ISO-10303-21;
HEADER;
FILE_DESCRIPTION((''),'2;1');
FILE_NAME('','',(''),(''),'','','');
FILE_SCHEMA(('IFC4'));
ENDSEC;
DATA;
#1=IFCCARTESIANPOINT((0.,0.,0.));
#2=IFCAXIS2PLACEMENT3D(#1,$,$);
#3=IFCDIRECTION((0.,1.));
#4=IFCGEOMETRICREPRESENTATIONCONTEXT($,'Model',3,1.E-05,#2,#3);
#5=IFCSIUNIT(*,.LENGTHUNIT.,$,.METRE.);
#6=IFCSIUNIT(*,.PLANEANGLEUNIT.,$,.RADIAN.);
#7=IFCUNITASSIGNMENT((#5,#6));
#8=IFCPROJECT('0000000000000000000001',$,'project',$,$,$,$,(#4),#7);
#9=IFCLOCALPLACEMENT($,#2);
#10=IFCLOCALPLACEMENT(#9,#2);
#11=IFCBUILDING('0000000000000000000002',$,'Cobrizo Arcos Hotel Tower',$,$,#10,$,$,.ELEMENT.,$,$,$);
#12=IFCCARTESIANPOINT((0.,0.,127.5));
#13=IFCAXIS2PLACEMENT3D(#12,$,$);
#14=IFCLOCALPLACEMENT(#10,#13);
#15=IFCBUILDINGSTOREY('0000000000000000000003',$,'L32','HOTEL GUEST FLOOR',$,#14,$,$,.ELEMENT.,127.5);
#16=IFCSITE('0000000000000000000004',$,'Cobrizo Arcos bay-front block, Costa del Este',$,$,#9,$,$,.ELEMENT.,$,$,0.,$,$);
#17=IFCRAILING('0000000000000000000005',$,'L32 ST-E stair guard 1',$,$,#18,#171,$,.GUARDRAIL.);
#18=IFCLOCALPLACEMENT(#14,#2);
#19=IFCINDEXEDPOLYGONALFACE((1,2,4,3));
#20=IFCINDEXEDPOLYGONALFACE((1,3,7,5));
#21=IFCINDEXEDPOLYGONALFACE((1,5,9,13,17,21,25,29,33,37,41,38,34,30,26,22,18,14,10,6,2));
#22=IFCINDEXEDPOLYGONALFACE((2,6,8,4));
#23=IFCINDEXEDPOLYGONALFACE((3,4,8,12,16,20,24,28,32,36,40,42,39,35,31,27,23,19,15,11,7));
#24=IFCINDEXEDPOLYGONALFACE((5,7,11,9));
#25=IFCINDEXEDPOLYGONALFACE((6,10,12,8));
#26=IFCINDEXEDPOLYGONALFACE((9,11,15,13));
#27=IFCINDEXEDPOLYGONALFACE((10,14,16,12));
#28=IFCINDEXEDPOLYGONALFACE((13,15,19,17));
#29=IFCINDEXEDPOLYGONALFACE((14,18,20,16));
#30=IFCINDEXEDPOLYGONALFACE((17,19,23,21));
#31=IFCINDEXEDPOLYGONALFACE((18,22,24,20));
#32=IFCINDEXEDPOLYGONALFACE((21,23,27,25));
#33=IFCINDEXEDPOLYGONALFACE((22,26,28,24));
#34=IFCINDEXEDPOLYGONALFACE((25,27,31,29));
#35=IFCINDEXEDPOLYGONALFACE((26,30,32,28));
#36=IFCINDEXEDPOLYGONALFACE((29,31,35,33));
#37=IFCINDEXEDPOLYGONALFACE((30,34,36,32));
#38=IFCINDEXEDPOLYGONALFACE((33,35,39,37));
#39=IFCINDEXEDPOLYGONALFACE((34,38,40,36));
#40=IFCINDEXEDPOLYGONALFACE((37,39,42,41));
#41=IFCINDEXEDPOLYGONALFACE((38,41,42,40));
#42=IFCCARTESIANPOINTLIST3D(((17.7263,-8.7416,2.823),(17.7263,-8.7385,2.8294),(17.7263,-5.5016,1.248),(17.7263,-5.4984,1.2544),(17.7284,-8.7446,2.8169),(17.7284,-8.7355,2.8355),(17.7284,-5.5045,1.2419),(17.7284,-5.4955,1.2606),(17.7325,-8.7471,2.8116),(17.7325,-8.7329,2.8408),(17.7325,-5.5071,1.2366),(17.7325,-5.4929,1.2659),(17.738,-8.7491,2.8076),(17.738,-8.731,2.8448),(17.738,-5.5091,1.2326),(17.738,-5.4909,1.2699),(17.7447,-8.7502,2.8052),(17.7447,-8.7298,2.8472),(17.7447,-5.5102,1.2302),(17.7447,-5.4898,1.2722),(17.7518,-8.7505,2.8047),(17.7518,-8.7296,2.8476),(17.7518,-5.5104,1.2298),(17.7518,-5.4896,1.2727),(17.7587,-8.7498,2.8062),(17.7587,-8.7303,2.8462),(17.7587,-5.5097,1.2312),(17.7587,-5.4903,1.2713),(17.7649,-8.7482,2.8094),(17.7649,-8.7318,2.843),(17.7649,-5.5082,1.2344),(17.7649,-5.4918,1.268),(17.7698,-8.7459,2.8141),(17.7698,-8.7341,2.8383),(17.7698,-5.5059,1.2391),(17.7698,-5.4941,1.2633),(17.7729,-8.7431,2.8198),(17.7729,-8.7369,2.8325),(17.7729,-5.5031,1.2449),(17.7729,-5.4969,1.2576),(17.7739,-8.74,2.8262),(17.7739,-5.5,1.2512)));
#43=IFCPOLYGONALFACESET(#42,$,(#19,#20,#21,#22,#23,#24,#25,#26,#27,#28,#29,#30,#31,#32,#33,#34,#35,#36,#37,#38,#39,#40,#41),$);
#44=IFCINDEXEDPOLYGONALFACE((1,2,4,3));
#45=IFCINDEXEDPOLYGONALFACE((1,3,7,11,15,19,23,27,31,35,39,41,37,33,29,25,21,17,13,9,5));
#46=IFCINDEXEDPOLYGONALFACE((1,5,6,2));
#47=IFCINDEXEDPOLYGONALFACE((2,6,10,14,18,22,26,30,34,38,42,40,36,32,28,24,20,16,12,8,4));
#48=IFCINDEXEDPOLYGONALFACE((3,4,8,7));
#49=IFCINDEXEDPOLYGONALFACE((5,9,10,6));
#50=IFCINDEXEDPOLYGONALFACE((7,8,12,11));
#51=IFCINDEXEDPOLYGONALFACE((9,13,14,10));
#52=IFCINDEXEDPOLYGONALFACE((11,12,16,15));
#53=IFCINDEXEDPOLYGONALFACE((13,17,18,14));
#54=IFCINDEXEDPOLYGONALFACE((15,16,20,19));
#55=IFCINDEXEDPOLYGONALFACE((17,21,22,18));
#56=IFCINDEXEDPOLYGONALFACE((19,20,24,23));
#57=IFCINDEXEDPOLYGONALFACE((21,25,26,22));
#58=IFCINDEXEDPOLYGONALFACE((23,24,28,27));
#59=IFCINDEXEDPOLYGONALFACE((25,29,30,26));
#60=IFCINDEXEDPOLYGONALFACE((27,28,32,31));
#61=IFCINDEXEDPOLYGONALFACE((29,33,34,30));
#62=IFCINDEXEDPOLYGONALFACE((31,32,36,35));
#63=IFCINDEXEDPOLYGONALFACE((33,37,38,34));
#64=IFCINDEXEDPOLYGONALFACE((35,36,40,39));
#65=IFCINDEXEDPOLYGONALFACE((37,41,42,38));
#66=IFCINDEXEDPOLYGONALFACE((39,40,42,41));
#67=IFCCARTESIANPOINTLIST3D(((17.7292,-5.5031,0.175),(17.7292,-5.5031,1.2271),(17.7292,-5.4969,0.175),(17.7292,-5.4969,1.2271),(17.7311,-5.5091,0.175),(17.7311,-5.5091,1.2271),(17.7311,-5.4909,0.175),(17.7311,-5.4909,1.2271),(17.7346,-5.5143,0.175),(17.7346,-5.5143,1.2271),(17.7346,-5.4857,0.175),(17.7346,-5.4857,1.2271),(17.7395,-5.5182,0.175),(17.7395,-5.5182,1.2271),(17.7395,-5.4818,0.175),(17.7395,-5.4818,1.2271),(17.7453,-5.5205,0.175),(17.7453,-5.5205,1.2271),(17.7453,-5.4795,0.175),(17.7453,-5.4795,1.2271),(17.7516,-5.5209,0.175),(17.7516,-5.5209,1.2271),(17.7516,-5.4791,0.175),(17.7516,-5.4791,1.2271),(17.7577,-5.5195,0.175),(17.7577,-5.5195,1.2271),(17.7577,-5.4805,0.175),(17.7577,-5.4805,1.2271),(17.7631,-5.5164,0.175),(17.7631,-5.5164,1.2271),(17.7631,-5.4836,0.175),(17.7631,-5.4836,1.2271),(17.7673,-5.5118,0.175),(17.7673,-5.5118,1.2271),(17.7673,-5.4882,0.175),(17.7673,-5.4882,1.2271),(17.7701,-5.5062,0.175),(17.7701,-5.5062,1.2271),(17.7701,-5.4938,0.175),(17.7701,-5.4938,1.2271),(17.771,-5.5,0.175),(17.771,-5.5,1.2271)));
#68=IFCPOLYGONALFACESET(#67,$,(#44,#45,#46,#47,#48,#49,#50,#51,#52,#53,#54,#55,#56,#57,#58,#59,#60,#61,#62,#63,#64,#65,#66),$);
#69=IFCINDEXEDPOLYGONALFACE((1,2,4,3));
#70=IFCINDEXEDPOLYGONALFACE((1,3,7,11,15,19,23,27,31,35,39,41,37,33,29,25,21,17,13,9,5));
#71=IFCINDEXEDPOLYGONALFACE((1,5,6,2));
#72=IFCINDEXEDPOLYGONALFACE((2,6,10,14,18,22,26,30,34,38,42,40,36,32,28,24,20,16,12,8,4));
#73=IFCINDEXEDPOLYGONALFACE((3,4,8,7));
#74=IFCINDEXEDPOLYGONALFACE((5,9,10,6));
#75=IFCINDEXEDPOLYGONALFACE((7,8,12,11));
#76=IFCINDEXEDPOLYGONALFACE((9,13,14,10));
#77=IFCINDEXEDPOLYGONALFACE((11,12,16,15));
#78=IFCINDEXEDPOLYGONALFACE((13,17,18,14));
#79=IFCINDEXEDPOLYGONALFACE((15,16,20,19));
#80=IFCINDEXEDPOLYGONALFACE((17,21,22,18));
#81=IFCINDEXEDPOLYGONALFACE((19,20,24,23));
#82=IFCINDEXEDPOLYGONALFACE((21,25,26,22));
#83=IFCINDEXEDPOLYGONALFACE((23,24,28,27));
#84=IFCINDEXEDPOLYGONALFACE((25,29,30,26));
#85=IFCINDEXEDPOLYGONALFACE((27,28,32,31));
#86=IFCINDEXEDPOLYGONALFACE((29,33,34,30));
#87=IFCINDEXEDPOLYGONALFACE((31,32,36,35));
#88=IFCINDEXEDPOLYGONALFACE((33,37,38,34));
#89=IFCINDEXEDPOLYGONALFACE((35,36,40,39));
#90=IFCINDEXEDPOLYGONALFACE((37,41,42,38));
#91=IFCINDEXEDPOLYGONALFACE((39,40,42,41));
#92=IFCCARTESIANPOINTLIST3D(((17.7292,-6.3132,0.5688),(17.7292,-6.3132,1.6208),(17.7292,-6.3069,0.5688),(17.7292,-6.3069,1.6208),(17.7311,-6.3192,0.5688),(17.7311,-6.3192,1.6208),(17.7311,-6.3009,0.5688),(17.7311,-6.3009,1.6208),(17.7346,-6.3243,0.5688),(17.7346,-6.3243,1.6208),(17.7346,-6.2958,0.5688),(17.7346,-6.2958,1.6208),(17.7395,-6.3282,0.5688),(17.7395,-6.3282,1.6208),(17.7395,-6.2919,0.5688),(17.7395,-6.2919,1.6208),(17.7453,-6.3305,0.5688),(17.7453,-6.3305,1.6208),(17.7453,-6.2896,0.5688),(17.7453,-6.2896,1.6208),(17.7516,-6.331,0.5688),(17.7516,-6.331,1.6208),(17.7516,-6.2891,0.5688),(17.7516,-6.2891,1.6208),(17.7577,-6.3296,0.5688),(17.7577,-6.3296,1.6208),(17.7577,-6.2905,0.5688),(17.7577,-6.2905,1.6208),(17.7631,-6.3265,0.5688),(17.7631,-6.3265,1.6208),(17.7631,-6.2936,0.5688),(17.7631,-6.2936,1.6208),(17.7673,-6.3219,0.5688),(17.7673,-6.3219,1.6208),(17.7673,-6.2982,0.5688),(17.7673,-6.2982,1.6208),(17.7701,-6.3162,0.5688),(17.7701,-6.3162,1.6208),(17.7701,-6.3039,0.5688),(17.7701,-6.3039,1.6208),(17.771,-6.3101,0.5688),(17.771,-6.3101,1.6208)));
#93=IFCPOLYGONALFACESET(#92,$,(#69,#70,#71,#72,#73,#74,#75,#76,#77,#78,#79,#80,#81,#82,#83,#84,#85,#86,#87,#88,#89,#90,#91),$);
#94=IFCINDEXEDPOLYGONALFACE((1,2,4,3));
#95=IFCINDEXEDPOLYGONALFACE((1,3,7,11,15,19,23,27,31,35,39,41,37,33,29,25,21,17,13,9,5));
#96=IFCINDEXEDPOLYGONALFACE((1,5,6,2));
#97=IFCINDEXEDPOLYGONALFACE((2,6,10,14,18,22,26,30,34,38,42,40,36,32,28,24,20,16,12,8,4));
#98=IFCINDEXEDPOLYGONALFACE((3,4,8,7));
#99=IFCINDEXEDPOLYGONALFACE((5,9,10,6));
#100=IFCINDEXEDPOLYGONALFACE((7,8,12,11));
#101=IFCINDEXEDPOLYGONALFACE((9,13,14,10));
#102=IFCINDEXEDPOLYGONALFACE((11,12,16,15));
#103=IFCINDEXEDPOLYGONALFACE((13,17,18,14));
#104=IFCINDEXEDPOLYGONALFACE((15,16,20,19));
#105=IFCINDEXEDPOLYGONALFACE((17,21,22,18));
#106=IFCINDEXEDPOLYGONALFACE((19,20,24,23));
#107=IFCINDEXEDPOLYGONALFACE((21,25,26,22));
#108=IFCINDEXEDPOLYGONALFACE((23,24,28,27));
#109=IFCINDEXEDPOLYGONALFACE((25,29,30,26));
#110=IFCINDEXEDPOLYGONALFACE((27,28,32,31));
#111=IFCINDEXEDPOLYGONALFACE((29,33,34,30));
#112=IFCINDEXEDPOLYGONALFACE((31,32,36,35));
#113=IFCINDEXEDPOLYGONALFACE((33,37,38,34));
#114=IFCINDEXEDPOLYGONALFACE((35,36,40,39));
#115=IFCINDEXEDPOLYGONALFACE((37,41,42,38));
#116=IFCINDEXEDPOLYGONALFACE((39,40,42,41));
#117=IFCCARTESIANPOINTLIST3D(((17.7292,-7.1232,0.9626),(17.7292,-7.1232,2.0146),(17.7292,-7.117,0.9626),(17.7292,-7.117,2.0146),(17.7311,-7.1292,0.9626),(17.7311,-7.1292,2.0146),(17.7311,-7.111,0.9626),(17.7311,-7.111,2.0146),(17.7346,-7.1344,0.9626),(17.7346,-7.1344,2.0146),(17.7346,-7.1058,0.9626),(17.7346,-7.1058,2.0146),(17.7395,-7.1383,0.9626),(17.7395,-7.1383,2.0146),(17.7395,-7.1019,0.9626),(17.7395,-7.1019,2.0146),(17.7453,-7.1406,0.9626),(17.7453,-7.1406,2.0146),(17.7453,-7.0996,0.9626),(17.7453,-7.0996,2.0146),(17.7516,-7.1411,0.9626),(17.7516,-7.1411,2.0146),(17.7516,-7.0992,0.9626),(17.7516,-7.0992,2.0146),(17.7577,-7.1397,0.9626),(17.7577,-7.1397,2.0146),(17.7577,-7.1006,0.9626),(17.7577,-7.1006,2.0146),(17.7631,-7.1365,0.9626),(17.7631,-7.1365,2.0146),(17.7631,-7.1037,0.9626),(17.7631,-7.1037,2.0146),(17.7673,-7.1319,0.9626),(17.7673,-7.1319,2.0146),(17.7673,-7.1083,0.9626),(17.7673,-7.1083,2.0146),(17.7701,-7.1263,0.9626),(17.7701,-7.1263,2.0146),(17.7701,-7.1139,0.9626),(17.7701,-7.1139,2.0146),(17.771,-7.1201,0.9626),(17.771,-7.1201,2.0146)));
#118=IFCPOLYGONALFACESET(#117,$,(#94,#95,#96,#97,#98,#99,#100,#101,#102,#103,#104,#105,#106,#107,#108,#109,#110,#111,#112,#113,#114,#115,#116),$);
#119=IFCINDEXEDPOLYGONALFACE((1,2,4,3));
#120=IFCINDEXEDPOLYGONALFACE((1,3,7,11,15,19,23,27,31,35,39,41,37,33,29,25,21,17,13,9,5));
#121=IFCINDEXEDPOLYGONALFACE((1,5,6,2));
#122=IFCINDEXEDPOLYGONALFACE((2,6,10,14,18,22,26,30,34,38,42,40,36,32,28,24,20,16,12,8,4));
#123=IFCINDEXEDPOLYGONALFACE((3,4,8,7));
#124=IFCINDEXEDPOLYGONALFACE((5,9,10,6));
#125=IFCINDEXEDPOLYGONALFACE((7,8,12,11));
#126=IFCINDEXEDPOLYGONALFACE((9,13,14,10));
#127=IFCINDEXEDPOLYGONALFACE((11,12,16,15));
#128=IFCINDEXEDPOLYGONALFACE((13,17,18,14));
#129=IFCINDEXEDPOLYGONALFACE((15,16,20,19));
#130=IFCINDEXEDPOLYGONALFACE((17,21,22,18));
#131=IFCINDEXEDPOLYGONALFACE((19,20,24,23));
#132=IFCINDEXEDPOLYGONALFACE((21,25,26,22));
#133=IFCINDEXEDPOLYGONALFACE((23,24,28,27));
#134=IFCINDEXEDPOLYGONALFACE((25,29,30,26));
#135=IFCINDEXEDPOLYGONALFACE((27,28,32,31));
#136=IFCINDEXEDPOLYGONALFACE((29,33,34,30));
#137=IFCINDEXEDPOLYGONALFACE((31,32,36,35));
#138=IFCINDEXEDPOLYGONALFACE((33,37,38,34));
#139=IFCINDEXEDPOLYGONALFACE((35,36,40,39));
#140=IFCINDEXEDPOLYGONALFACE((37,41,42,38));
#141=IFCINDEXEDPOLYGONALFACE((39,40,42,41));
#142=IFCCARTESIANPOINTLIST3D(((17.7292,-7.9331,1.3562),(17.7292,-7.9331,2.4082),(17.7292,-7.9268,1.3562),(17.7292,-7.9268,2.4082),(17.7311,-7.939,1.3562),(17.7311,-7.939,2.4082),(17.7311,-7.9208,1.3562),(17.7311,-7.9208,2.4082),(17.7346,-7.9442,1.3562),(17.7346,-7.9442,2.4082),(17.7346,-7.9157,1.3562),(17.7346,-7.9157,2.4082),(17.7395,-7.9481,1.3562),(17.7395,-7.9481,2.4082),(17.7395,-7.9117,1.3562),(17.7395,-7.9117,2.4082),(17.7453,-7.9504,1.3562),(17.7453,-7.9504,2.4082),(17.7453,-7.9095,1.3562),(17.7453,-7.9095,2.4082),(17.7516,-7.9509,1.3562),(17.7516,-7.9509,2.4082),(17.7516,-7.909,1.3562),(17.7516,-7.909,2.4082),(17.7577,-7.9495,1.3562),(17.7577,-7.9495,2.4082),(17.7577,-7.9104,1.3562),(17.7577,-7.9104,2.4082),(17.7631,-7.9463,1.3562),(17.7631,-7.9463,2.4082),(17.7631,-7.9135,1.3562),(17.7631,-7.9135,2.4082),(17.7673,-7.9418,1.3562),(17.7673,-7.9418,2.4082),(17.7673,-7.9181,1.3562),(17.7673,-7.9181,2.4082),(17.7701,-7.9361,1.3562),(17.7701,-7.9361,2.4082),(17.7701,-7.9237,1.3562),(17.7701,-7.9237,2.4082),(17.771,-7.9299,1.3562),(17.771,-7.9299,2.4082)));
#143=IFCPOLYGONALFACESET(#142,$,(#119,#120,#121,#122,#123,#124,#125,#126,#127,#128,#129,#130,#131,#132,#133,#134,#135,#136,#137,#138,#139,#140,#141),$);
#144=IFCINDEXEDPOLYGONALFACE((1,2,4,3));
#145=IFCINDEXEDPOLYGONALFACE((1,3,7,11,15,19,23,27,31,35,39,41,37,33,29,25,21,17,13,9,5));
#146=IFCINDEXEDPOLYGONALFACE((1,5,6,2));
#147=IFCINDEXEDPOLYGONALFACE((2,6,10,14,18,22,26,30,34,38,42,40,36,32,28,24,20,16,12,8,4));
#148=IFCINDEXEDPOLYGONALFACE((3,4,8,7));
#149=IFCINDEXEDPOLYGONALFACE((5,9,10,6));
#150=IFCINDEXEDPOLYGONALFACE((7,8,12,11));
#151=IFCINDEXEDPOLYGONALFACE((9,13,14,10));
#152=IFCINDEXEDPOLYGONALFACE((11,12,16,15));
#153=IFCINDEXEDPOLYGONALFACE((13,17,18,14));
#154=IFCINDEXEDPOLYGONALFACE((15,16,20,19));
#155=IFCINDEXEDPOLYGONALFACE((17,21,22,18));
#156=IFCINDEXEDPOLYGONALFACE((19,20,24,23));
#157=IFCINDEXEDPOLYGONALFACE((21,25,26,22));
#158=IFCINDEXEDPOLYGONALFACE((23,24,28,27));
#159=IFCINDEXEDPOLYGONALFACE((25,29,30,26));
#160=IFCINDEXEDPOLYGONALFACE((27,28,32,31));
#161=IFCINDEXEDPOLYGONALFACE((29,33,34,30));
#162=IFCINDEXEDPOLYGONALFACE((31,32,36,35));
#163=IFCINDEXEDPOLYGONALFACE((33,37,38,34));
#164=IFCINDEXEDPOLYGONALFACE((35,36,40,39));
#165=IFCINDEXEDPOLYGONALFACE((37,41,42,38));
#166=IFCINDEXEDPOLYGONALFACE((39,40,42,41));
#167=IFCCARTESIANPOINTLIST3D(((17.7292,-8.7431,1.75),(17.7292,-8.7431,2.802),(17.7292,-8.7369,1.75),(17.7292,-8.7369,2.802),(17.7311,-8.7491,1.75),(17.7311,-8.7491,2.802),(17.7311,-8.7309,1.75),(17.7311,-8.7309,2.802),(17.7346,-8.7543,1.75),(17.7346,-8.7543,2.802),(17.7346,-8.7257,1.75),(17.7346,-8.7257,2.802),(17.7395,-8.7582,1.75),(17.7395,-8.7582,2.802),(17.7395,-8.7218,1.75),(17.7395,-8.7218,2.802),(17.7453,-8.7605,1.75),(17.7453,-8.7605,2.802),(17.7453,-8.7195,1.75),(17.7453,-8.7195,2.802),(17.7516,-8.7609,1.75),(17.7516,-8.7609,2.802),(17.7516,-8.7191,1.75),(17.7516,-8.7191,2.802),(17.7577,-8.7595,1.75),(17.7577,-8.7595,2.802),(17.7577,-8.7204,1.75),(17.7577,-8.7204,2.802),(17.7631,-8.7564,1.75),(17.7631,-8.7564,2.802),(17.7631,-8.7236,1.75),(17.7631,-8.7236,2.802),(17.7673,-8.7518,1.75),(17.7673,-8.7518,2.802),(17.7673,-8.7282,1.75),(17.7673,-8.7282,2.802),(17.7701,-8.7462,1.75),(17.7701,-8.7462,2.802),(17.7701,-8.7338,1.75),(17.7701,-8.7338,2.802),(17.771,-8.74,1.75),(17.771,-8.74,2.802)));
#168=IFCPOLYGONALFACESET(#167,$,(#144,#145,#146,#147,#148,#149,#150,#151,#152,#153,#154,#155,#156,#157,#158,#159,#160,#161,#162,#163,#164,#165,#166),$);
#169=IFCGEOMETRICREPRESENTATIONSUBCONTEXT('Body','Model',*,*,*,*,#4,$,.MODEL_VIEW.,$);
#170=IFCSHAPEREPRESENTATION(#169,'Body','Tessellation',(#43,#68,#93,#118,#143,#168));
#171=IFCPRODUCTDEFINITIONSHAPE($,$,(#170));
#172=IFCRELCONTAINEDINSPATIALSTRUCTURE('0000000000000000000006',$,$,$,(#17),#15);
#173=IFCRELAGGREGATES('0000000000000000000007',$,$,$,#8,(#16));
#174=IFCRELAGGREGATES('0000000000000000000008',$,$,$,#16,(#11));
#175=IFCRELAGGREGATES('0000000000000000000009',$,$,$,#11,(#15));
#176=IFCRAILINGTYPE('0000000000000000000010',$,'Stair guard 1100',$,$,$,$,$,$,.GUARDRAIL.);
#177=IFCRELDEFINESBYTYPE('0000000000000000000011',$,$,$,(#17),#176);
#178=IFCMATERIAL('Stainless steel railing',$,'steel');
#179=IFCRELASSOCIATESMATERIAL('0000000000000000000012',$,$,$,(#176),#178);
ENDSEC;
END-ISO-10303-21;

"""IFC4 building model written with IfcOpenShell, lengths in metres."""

from ifc_helpers import new_model, si_unit, direction, frame, origin, origin_2d, place, context, subcontext, project, spatial, circle, extrude, material, type_object, element, save


model = new_model("IFC4")

# Units and contexts
model_context = context("Model", 3, precision=1e-05, world=origin(), true_north=direction((0.0, 1.0)))
body_context = subcontext(model_context, "Body", "Model", "MODEL_VIEW")
ifc_project = project(units=[si_unit("LENGTHUNIT", "METRE"), si_unit("PLANEANGLEUNIT", "RADIAN")], contexts=[model_context])

# Site, building, storey
site_placement = place(None, origin())
site = spatial("IfcSite", under=ifc_project, at=site_placement, Name="Cobrizo Arcos bay-front block, Costa del Este", CompositionType="ELEMENT", RefElevation=0.0)
building_placement = place(site_placement, origin())
building = spatial("IfcBuilding", under=site, at=building_placement, Name="Cobrizo Arcos Hotel Tower", CompositionType="ELEMENT")
storey_placement = place(building_placement, frame((0.0, 0.0, 127.5)))
storey = spatial("IfcBuildingStorey", under=building, at=storey_placement, Name="L32", Description="HOTEL GUEST FLOOR", CompositionType="ELEMENT", Elevation=127.5)

# Railing
ifc_material_1 = material(Name="Stainless steel railing", Category="steel")
railing_type_1 = type_object("IfcRailingType", Name="Stair guard 1100", PredefinedType="GUARDRAIL", material=ifc_material_1)
railing_1_placement = place(storey_placement, frame((17.75, -5.5, 0.175)))
element("IfcRailing", 1, at=railing_1_placement, inside=storey, type_object=railing_type_1, Name="L32 ST-E stair guard 1", PredefinedType="GUARDRAIL", context=body_context, shape_type="SweptSolid", body=[
    extrude(circle(Radius=0.0239, at=origin_2d()), frame((0.0, 0.0, 1.0762), z_axis=(0.0, -0.899373, 0.437183), x_axis=(1.0, 0.0, 0.0)), (0.0, 0.0, 1.0), 3.6025),
    extrude(circle(Radius=0.021, at=origin_2d()), origin(), (0.0, 0.0, 1.0), 1.052),
    extrude(circle(Radius=0.021, at=origin_2d()), frame((0.0, -0.8101, 0.3938)), (0.0, 0.0, 1.0), 1.052),
    extrude(circle(Radius=0.021, at=origin_2d()), frame((0.0, -1.6201, 0.7876)), (0.0, 0.0, 1.0), 1.052),
    extrude(circle(Radius=0.021, at=origin_2d()), frame((0.0, -2.4299, 1.1812)), (0.0, 0.0, 1.0), 1.052),
    extrude(circle(Radius=0.021, at=origin_2d()), frame((0.0, -3.24, 1.575)), (0.0, 0.0, 1.0), 1.052),
])

save(model, "model.ifc")
